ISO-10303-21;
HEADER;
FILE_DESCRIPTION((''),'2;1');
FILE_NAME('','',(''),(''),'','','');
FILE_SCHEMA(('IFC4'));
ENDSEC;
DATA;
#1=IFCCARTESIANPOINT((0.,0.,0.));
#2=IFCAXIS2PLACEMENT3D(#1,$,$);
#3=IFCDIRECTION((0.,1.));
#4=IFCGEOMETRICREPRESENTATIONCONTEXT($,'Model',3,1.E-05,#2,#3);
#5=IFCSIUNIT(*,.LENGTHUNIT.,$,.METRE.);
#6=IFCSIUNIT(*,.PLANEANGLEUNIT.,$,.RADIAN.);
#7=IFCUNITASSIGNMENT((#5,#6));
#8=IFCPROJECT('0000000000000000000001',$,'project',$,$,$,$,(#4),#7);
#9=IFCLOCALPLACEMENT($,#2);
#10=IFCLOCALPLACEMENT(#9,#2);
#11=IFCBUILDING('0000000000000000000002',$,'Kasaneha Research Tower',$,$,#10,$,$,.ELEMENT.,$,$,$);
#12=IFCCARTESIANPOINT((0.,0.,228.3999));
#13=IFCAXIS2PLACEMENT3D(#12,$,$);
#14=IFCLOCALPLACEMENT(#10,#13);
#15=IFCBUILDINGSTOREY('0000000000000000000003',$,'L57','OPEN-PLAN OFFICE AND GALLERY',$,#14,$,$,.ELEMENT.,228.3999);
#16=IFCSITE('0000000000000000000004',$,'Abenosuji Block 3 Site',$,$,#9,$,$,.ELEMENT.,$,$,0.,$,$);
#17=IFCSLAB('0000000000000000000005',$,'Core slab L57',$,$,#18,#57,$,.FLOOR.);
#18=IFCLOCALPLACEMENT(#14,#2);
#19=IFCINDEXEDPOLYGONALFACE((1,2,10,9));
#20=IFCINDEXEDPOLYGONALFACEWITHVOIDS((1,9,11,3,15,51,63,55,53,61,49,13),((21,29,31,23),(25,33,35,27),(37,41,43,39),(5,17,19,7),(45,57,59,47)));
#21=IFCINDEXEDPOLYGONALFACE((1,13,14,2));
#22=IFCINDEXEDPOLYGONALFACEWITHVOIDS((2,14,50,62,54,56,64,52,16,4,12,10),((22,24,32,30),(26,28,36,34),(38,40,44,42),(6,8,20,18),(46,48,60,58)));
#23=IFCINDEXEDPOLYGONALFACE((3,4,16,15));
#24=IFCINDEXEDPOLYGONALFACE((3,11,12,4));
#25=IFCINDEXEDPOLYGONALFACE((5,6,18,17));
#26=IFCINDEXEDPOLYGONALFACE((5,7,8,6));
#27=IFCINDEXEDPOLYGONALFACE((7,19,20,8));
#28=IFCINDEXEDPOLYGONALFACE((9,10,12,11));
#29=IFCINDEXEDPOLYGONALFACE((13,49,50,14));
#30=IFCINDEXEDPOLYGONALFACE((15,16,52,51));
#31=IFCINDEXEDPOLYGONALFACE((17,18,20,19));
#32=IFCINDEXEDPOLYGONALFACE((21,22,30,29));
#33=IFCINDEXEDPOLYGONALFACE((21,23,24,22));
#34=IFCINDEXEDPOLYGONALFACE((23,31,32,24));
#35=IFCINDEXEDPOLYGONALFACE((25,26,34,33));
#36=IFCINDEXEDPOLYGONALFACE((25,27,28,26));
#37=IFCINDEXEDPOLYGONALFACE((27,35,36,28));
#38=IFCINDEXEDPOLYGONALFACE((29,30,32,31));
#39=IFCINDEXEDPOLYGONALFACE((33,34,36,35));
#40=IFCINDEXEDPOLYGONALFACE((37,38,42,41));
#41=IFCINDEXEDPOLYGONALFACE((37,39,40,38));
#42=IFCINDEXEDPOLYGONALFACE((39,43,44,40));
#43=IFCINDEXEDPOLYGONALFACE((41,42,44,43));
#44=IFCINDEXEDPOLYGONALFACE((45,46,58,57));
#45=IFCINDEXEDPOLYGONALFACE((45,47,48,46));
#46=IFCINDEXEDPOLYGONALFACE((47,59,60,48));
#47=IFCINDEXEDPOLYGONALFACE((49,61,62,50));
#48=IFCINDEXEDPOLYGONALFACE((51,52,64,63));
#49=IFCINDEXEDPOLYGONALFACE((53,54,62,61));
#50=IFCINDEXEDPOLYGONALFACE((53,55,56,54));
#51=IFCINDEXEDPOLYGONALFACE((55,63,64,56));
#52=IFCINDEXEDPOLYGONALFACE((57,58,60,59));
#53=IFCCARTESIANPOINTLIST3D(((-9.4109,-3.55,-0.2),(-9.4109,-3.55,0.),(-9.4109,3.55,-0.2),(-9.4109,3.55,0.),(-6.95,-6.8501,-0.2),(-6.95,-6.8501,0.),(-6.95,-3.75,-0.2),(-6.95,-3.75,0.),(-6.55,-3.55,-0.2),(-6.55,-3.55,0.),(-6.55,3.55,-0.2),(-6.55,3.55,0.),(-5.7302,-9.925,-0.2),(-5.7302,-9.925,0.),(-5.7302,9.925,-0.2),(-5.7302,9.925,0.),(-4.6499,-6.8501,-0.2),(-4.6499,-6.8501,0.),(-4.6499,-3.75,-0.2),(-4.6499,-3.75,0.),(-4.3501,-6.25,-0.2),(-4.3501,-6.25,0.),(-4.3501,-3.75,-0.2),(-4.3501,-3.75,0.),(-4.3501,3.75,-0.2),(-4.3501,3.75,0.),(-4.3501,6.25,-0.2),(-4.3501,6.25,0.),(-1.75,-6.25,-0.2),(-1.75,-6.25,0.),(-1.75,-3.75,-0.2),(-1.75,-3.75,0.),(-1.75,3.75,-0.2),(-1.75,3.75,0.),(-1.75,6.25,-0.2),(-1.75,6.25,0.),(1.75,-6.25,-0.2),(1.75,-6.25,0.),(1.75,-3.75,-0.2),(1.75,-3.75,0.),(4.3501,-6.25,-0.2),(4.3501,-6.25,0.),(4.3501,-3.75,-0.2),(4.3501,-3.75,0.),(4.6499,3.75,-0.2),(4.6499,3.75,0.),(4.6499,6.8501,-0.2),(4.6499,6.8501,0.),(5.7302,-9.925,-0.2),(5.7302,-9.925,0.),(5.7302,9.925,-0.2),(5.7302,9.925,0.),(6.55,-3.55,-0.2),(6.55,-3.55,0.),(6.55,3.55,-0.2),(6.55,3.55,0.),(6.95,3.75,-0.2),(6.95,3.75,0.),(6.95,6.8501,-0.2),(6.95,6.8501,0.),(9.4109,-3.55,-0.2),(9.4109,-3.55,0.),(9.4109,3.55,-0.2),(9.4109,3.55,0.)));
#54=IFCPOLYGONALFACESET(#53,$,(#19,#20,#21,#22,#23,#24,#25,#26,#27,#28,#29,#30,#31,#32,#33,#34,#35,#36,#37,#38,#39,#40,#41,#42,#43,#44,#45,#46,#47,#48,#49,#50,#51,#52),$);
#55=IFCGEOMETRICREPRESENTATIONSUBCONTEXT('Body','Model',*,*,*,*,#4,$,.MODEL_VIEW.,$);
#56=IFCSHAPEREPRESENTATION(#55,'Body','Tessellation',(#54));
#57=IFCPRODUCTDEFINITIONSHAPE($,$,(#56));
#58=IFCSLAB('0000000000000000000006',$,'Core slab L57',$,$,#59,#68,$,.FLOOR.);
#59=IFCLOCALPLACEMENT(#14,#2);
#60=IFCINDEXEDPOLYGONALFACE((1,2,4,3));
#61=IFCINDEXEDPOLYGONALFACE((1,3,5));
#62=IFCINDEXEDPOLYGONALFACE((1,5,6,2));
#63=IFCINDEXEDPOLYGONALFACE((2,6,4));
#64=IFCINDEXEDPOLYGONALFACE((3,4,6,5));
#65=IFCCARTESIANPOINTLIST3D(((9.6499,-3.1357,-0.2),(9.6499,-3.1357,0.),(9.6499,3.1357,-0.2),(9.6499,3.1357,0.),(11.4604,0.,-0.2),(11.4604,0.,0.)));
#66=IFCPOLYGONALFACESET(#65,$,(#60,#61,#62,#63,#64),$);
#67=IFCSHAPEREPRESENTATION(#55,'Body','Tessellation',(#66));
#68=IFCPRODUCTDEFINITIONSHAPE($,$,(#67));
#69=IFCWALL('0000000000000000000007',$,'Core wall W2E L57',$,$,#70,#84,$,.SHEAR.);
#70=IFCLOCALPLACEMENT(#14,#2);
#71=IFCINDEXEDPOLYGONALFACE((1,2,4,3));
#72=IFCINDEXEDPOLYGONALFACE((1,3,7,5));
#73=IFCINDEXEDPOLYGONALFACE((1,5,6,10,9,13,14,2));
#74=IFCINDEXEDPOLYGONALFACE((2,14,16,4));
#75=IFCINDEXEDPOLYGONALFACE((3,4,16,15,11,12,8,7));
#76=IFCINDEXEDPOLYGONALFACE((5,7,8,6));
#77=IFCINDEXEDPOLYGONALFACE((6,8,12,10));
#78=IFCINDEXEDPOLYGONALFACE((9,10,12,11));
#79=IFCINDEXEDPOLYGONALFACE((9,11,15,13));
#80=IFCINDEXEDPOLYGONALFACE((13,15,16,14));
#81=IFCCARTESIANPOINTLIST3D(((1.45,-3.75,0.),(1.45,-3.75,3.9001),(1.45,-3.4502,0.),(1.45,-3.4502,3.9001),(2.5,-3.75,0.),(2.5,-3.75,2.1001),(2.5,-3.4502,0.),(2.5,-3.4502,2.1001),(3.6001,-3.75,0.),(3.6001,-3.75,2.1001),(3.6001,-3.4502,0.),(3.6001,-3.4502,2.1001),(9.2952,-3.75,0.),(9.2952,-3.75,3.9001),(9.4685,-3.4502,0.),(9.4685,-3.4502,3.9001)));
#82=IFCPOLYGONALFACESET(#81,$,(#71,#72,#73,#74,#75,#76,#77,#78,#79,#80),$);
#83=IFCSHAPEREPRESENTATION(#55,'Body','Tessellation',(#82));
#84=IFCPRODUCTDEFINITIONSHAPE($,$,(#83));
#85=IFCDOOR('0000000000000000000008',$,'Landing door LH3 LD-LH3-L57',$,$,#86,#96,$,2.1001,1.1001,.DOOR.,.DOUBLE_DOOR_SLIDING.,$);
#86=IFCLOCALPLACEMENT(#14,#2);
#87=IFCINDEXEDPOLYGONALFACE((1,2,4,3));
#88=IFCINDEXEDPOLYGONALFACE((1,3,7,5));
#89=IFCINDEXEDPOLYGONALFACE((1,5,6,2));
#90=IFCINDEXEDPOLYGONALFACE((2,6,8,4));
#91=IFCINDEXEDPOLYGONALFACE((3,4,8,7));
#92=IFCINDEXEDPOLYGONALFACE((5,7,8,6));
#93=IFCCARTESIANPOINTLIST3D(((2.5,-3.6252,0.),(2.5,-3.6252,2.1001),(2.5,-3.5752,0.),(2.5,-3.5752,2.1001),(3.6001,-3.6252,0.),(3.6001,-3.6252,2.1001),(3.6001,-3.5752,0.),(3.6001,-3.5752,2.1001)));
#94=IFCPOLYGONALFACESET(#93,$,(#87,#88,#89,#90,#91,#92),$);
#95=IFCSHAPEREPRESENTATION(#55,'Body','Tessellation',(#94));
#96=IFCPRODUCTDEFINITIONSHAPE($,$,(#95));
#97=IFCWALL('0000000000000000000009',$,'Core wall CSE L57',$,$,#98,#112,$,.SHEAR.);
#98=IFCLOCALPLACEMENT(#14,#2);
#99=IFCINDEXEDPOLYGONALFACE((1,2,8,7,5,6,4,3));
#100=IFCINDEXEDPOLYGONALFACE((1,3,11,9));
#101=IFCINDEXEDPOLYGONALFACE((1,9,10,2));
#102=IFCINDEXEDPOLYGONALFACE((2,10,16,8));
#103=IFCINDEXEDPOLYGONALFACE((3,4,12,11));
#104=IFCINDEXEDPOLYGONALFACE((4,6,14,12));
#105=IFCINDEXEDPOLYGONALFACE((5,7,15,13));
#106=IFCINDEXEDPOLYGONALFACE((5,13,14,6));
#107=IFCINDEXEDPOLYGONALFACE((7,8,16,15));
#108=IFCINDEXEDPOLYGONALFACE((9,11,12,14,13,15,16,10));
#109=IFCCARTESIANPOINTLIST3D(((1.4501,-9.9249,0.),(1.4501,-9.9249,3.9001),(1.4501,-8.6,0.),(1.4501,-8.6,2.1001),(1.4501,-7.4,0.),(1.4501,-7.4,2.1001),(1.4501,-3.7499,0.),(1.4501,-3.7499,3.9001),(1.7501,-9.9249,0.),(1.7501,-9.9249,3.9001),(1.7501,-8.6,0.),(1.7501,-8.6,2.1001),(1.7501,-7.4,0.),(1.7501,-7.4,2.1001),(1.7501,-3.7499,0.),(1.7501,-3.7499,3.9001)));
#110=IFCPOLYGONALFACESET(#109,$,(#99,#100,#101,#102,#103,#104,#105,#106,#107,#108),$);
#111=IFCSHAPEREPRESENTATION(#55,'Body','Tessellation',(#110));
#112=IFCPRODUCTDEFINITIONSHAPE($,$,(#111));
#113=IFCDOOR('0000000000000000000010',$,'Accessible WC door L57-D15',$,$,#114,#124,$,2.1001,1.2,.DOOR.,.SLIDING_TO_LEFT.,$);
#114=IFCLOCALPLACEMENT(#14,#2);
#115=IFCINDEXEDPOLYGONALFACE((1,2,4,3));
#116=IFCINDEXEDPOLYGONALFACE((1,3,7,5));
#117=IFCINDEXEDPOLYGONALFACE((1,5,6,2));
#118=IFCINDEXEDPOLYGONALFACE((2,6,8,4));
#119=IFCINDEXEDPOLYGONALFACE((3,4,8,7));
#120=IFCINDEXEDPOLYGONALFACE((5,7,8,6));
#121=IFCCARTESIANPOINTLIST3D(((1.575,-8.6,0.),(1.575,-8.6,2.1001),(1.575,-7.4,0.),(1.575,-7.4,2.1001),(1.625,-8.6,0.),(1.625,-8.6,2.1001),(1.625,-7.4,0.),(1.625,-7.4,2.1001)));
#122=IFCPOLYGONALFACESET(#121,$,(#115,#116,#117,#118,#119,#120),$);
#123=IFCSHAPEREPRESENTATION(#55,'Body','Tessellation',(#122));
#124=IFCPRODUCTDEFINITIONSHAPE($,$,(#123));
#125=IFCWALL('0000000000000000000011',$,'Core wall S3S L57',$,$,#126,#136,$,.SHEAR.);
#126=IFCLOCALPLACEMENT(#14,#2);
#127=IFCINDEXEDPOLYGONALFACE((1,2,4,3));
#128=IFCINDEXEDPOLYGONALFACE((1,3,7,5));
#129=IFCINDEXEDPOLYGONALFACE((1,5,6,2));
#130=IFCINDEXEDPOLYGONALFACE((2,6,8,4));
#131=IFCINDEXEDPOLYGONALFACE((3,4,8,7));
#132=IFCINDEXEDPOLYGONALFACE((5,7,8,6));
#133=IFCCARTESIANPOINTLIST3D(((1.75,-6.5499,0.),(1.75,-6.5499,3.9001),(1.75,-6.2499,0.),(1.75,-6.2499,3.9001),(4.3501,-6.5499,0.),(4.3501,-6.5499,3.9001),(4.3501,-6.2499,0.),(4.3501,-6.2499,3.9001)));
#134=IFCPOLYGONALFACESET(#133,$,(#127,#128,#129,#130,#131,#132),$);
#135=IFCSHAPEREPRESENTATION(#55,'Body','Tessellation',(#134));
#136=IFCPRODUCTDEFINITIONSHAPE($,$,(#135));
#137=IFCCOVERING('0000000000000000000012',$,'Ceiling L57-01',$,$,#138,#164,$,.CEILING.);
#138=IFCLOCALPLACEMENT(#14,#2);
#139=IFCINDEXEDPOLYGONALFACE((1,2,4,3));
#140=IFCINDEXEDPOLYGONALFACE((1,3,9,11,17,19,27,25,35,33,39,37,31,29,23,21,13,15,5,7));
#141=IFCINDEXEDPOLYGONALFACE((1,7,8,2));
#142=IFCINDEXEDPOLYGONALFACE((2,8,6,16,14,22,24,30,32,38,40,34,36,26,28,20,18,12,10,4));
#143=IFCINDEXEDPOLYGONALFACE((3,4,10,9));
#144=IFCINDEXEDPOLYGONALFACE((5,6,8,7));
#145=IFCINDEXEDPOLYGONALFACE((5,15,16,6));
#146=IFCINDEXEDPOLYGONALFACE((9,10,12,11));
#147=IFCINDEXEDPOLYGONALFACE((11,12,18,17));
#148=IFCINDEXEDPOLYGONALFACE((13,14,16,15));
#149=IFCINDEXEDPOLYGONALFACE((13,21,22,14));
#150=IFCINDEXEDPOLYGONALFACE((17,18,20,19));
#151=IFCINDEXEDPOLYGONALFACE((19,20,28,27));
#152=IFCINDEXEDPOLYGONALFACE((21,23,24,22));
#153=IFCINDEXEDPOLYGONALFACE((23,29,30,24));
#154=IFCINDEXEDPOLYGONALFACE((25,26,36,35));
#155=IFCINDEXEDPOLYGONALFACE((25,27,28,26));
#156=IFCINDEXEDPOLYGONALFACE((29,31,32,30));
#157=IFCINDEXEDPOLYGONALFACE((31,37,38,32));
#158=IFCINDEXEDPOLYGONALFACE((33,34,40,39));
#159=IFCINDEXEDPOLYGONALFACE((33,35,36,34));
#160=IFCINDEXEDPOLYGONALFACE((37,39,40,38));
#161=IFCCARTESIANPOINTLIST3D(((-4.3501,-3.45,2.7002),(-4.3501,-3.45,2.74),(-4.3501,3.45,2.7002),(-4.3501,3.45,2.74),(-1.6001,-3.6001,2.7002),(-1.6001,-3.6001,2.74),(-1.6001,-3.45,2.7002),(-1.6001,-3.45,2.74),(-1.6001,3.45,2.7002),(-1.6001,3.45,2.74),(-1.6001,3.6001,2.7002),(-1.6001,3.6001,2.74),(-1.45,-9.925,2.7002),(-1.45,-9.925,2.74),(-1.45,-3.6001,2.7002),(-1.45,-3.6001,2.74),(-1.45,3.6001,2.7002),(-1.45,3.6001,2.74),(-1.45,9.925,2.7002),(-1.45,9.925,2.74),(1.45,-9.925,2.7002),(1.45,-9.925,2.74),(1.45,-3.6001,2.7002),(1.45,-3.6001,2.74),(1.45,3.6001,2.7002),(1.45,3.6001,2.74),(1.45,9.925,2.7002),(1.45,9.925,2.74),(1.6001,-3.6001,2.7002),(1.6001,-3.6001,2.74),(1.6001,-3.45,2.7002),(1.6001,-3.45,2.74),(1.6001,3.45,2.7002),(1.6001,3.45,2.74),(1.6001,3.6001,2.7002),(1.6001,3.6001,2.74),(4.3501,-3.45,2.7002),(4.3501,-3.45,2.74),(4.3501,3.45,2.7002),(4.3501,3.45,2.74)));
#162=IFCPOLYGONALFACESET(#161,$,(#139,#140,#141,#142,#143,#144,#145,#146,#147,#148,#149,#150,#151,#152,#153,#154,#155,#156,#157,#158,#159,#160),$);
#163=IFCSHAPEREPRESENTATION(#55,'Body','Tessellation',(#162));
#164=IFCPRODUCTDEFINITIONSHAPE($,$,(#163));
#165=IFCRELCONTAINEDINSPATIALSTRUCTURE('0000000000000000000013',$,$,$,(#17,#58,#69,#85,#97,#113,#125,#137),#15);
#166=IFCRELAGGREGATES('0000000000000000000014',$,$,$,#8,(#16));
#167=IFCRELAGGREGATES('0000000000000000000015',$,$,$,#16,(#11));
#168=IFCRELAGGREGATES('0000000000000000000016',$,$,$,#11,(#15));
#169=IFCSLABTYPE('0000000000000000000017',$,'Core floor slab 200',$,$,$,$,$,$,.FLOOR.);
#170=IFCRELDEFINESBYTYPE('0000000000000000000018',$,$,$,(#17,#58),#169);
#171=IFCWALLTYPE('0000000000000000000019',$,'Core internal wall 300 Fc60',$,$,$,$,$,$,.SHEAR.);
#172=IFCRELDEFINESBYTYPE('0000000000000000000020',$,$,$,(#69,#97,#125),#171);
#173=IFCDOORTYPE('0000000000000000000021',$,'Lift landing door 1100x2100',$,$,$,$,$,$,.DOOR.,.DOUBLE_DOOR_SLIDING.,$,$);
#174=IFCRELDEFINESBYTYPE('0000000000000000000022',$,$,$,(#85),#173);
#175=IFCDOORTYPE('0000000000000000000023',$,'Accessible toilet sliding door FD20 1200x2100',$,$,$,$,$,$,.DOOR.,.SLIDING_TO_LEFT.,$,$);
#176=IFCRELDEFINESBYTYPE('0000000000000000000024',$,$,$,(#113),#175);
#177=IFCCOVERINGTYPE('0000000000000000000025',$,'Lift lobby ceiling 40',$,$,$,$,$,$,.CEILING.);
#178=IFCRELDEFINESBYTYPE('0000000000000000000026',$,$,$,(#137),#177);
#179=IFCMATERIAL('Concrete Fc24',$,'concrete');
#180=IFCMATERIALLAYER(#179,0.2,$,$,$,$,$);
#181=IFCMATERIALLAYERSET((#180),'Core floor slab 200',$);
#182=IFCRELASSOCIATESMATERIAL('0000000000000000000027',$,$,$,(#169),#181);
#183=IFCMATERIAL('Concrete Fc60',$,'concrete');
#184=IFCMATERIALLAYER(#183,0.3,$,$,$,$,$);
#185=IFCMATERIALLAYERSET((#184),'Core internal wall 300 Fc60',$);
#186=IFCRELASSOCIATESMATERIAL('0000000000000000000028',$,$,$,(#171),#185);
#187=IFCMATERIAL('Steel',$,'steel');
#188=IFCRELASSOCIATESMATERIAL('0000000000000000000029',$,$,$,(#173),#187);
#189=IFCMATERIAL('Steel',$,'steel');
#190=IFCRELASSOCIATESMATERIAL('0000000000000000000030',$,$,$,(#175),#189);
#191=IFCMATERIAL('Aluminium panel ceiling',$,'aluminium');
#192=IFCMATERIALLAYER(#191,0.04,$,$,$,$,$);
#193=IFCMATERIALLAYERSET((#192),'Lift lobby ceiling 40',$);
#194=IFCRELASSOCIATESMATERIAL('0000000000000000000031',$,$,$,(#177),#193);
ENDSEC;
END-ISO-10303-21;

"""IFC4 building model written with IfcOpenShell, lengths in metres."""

from ifc_helpers import new_model, si_unit, direction, frame, frame_2d, origin, place, context, subcontext, project, spatial, polyline, rectangle, outline, extrude, material, layer, layer_set, type_object, element, fill, save


model = new_model("IFC4")

# Units and contexts
model_context = context("Model", 3, precision=1e-05, world=origin(), true_north=direction((0.0, 1.0)))
body_context = subcontext(model_context, "Body", "Model", "MODEL_VIEW")
ifc_project = project(units=[si_unit("LENGTHUNIT", "METRE"), si_unit("PLANEANGLEUNIT", "RADIAN")], contexts=[model_context])

# Site, building, storey
site_placement = place(None, origin())
site = spatial("IfcSite", under=ifc_project, at=site_placement, Name="Abenosuji Block 3 Site", CompositionType="ELEMENT", RefElevation=0.0)
building_placement = place(site_placement, origin())
building = spatial("IfcBuilding", under=site, at=building_placement, Name="Kasaneha Research Tower", CompositionType="ELEMENT")
storey_placement = place(building_placement, frame((0.0, 0.0, 228.3999)))
storey = spatial("IfcBuildingStorey", under=building, at=storey_placement, Name="L57", Description="OPEN-PLAN OFFICE AND GALLERY", CompositionType="ELEMENT", Elevation=228.3999)

# Slabs
ifc_material_1 = material(Name="Concrete Fc24", Category="concrete")
ifc_layer_1 = layer(ifc_material_1, 0.2)
ifc_layer_set_1 = layer_set([ifc_layer_1], Name="Core floor slab 200")
slab_type = type_object("IfcSlabType", Name="Core floor slab 200", PredefinedType="FLOOR", material=ifc_layer_set_1)
slab_1_placement = place(storey_placement, frame((0.0, 0.0, -0.2)))
element("IfcSlab", 1, at=slab_1_placement, inside=storey, type_object=slab_type, Name="Core slab L57", PredefinedType="FLOOR", context=body_context, shape_type="SweptSolid", body=[
    extrude(outline(polyline([(-5.7302, 9.925), (5.7302, 9.925), (9.4109, 3.55), (6.55, 3.55), (6.55, -3.55), (9.4109, -3.55), (5.7302, -9.925), (-5.7302, -9.925), (-9.4109, -3.55), (-6.55, -3.55), (-6.55, 3.55), (-9.4109, 3.55), (-5.7302, 9.925)]), holes=[polyline([(-6.95, -6.8501), (-4.6499, -6.8501), (-4.6499, -3.75), (-6.95, -3.75), (-6.95, -6.8501)]), polyline([(-4.3501, -3.75), (-4.3501, -6.25), (-1.75, -6.25), (-1.75, -3.75), (-4.3501, -3.75)]), polyline([(1.75, -3.75), (1.75, -6.25), (4.3501, -6.25), (4.3501, -3.75), (1.75, -3.75)]), polyline([(-4.3501, 6.25), (-4.3501, 3.75), (-1.75, 3.75), (-1.75, 6.25), (-4.3501, 6.25)]), polyline([(4.6499, 6.8501), (4.6499, 3.75), (6.95, 3.75), (6.95, 6.8501), (4.6499, 6.8501)])]), origin(), (0.0, 0.0, 1.0), 0.2),
])
slab_2_placement = place(storey_placement, frame((0.0, 0.0, -0.2)))
element("IfcSlab", 2, at=slab_2_placement, inside=storey, type_object=slab_type, Name="Core slab L57", PredefinedType="FLOOR", context=body_context, shape_type="SweptSolid", body=[
    extrude(outline(polyline([(11.4604, 0.0), (9.6499, -3.1357), (9.6499, 3.1357), (11.4604, 0.0)])), origin(), (0.0, 0.0, 1.0), 0.2),
])

# Walls, openings, doors
ifc_material_2 = material(Name="Concrete Fc60", Category="concrete")
ifc_layer_2 = layer(ifc_material_2, 0.3)
ifc_layer_set_2 = layer_set([ifc_layer_2], Name="Core internal wall 300 Fc60")
wall_type = type_object("IfcWallType", Name="Core internal wall 300 Fc60", PredefinedType="SHEAR", material=ifc_layer_set_2)
wall_1_placement = place(storey_placement, frame((1.45, -3.6001, 0.0), z_axis=(0.0, 0.0, 1.0), x_axis=(1.0, 0.0, 0.0)))
wall_1 = element("IfcWall", 3, at=wall_1_placement, inside=storey, type_object=wall_type, Name="Core wall W2E L57", PredefinedType="SHEAR", context=body_context, shape_type="SweptSolid", body=[
    extrude(outline(polyline([(0.0, -0.1499), (1.05, -0.1499), (2.1501, -0.1499), (7.8452, -0.1499), (8.0186, 0.1499), (2.1501, 0.1499), (1.05, 0.1499), (0.0, 0.1499), (0.0, -0.1499)])), origin(), (0.0, 0.0, 1.0), 3.9001),
])
opening_1_placement = place(wall_1_placement, frame((1.05, 0.0, 0.0)))
opening_1 = element("IfcOpeningElement", 4, at=opening_1_placement, cuts=wall_1, PredefinedType="OPENING", context=body_context, shape_type="SweptSolid", body=[
    extrude(rectangle(XDim=1.1001, YDim=2.1001, at=frame_2d((0.55, 1.05))), frame((0.0, 0.1602, 0.0), z_axis=(0.0, -1.0, 0.0), x_axis=(1.0, 0.0, 0.0)), (0.0, 0.0, 1.0), 0.3201),
])
ifc_material_3 = material(Name="Steel", Category="steel")
door_type_1 = type_object("IfcDoorType", Name="Lift landing door 1100x2100", OperationType="DOUBLE_DOOR_SLIDING", PredefinedType="DOOR", material=ifc_material_3)
door_1_placement = place(opening_1_placement, origin())
door_1 = element("IfcDoor", 5, at=door_1_placement, inside=storey, type_object=door_type_1, Name="Landing door LH3 LD-LH3-L57", OperationType="DOUBLE_DOOR_SLIDING", OverallHeight=2.1001, OverallWidth=1.1001, PredefinedType="DOOR", context=body_context, shape_type="SweptSolid", body=[
    extrude(rectangle(XDim=1.1001, YDim=2.1001, at=frame_2d((0.55, 1.05))), frame((0.0, 0.0249, 0.0), z_axis=(0.0, -1.0, 0.0), x_axis=(1.0, 0.0, 0.0)), (0.0, 0.0, 1.0), 0.05),
])
fill(opening_1, door_1)
wall_2_placement = place(storey_placement, frame((1.6001, -3.75, 0.0), z_axis=(0.0, 0.0, 1.0), x_axis=(0.0, -1.0, 0.0)))
wall_2 = element("IfcWall", 6, at=wall_2_placement, inside=storey, type_object=wall_type, Name="Core wall CSE L57", PredefinedType="SHEAR", context=body_context, shape_type="SweptSolid", body=[
    extrude(rectangle(XDim=6.175, YDim=0.3, at=frame_2d((3.0874, 0.0))), origin(), (0.0, 0.0, 1.0), 3.9001),
])
opening_2_placement = place(wall_2_placement, frame((3.6499, 0.0, 0.0)))
opening_2 = element("IfcOpeningElement", 7, at=opening_2_placement, cuts=wall_2, PredefinedType="OPENING", context=body_context, shape_type="SweptSolid", body=[
    extrude(rectangle(XDim=1.2, YDim=2.1001, at=frame_2d((0.6001, 1.05))), frame((0.0, 0.1602, 0.0), z_axis=(0.0, -1.0, 0.0), x_axis=(1.0, 0.0, 0.0)), (0.0, 0.0, 1.0), 0.3201),
])
ifc_material_4 = material(Name="Steel", Category="steel")
door_type_2 = type_object("IfcDoorType", Name="Accessible toilet sliding door FD20 1200x2100", OperationType="SLIDING_TO_LEFT", PredefinedType="DOOR", material=ifc_material_4)
door_2_placement = place(opening_2_placement, origin())
door_2 = element("IfcDoor", 8, at=door_2_placement, inside=storey, type_object=door_type_2, Name="Accessible WC door L57-D15", OperationType="SLIDING_TO_LEFT", OverallHeight=2.1001, OverallWidth=1.2, PredefinedType="DOOR", context=body_context, shape_type="SweptSolid", body=[
    extrude(rectangle(XDim=1.2, YDim=2.1001, at=frame_2d((0.6001, 1.05))), frame((0.0, 0.0249, 0.0), z_axis=(0.0, -1.0, 0.0), x_axis=(1.0, 0.0, 0.0)), (0.0, 0.0, 1.0), 0.05),
])
fill(opening_2, door_2)

# Wall
wall_3_placement = place(storey_placement, frame((1.75, -6.3999, 0.0), z_axis=(0.0, 0.0, 1.0), x_axis=(1.0, 0.0, 0.0)))
element("IfcWall", 9, at=wall_3_placement, inside=storey, type_object=wall_type, Name="Core wall S3S L57", PredefinedType="SHEAR", context=body_context, shape_type="SweptSolid", body=[
    extrude(rectangle(XDim=2.6001, YDim=0.3, at=frame_2d((1.3, 0.0))), origin(), (0.0, 0.0, 1.0), 3.9001),
])

# Covering
ifc_material_5 = material(Name="Aluminium panel ceiling", Category="aluminium")
ifc_layer_3 = layer(ifc_material_5, 0.04)
ifc_layer_set_3 = layer_set([ifc_layer_3], Name="Lift lobby ceiling 40")
covering_type_1 = type_object("IfcCoveringType", Name="Lift lobby ceiling 40", PredefinedType="CEILING", material=ifc_layer_set_3)
covering_1_placement = place(storey_placement, frame((0.0, 0.0, 2.7002)))
element("IfcCovering", 10, at=covering_1_placement, inside=storey, type_object=covering_type_1, Name="Ceiling L57-01", PredefinedType="CEILING", context=body_context, shape_type="SweptSolid", body=[
    extrude(outline(polyline([(1.45, 9.925), (1.45, 3.6001), (1.6001, 3.6001), (1.6001, 3.45), (4.3501, 3.45), (4.3501, -3.45), (1.6001, -3.45), (1.6001, -3.6001), (1.45, -3.6001), (1.45, -9.925), (-1.45, -9.925), (-1.45, -3.6001), (-1.6001, -3.6001), (-1.6001, -3.45), (-4.3501, -3.45), (-4.3501, 3.45), (-1.6001, 3.45), (-1.6001, 3.6001), (-1.45, 3.6001), (-1.45, 9.925), (1.45, 9.925)])), origin(), (0.0, 0.0, 1.0), 0.0398),
])

save(model, "model.ifc")
